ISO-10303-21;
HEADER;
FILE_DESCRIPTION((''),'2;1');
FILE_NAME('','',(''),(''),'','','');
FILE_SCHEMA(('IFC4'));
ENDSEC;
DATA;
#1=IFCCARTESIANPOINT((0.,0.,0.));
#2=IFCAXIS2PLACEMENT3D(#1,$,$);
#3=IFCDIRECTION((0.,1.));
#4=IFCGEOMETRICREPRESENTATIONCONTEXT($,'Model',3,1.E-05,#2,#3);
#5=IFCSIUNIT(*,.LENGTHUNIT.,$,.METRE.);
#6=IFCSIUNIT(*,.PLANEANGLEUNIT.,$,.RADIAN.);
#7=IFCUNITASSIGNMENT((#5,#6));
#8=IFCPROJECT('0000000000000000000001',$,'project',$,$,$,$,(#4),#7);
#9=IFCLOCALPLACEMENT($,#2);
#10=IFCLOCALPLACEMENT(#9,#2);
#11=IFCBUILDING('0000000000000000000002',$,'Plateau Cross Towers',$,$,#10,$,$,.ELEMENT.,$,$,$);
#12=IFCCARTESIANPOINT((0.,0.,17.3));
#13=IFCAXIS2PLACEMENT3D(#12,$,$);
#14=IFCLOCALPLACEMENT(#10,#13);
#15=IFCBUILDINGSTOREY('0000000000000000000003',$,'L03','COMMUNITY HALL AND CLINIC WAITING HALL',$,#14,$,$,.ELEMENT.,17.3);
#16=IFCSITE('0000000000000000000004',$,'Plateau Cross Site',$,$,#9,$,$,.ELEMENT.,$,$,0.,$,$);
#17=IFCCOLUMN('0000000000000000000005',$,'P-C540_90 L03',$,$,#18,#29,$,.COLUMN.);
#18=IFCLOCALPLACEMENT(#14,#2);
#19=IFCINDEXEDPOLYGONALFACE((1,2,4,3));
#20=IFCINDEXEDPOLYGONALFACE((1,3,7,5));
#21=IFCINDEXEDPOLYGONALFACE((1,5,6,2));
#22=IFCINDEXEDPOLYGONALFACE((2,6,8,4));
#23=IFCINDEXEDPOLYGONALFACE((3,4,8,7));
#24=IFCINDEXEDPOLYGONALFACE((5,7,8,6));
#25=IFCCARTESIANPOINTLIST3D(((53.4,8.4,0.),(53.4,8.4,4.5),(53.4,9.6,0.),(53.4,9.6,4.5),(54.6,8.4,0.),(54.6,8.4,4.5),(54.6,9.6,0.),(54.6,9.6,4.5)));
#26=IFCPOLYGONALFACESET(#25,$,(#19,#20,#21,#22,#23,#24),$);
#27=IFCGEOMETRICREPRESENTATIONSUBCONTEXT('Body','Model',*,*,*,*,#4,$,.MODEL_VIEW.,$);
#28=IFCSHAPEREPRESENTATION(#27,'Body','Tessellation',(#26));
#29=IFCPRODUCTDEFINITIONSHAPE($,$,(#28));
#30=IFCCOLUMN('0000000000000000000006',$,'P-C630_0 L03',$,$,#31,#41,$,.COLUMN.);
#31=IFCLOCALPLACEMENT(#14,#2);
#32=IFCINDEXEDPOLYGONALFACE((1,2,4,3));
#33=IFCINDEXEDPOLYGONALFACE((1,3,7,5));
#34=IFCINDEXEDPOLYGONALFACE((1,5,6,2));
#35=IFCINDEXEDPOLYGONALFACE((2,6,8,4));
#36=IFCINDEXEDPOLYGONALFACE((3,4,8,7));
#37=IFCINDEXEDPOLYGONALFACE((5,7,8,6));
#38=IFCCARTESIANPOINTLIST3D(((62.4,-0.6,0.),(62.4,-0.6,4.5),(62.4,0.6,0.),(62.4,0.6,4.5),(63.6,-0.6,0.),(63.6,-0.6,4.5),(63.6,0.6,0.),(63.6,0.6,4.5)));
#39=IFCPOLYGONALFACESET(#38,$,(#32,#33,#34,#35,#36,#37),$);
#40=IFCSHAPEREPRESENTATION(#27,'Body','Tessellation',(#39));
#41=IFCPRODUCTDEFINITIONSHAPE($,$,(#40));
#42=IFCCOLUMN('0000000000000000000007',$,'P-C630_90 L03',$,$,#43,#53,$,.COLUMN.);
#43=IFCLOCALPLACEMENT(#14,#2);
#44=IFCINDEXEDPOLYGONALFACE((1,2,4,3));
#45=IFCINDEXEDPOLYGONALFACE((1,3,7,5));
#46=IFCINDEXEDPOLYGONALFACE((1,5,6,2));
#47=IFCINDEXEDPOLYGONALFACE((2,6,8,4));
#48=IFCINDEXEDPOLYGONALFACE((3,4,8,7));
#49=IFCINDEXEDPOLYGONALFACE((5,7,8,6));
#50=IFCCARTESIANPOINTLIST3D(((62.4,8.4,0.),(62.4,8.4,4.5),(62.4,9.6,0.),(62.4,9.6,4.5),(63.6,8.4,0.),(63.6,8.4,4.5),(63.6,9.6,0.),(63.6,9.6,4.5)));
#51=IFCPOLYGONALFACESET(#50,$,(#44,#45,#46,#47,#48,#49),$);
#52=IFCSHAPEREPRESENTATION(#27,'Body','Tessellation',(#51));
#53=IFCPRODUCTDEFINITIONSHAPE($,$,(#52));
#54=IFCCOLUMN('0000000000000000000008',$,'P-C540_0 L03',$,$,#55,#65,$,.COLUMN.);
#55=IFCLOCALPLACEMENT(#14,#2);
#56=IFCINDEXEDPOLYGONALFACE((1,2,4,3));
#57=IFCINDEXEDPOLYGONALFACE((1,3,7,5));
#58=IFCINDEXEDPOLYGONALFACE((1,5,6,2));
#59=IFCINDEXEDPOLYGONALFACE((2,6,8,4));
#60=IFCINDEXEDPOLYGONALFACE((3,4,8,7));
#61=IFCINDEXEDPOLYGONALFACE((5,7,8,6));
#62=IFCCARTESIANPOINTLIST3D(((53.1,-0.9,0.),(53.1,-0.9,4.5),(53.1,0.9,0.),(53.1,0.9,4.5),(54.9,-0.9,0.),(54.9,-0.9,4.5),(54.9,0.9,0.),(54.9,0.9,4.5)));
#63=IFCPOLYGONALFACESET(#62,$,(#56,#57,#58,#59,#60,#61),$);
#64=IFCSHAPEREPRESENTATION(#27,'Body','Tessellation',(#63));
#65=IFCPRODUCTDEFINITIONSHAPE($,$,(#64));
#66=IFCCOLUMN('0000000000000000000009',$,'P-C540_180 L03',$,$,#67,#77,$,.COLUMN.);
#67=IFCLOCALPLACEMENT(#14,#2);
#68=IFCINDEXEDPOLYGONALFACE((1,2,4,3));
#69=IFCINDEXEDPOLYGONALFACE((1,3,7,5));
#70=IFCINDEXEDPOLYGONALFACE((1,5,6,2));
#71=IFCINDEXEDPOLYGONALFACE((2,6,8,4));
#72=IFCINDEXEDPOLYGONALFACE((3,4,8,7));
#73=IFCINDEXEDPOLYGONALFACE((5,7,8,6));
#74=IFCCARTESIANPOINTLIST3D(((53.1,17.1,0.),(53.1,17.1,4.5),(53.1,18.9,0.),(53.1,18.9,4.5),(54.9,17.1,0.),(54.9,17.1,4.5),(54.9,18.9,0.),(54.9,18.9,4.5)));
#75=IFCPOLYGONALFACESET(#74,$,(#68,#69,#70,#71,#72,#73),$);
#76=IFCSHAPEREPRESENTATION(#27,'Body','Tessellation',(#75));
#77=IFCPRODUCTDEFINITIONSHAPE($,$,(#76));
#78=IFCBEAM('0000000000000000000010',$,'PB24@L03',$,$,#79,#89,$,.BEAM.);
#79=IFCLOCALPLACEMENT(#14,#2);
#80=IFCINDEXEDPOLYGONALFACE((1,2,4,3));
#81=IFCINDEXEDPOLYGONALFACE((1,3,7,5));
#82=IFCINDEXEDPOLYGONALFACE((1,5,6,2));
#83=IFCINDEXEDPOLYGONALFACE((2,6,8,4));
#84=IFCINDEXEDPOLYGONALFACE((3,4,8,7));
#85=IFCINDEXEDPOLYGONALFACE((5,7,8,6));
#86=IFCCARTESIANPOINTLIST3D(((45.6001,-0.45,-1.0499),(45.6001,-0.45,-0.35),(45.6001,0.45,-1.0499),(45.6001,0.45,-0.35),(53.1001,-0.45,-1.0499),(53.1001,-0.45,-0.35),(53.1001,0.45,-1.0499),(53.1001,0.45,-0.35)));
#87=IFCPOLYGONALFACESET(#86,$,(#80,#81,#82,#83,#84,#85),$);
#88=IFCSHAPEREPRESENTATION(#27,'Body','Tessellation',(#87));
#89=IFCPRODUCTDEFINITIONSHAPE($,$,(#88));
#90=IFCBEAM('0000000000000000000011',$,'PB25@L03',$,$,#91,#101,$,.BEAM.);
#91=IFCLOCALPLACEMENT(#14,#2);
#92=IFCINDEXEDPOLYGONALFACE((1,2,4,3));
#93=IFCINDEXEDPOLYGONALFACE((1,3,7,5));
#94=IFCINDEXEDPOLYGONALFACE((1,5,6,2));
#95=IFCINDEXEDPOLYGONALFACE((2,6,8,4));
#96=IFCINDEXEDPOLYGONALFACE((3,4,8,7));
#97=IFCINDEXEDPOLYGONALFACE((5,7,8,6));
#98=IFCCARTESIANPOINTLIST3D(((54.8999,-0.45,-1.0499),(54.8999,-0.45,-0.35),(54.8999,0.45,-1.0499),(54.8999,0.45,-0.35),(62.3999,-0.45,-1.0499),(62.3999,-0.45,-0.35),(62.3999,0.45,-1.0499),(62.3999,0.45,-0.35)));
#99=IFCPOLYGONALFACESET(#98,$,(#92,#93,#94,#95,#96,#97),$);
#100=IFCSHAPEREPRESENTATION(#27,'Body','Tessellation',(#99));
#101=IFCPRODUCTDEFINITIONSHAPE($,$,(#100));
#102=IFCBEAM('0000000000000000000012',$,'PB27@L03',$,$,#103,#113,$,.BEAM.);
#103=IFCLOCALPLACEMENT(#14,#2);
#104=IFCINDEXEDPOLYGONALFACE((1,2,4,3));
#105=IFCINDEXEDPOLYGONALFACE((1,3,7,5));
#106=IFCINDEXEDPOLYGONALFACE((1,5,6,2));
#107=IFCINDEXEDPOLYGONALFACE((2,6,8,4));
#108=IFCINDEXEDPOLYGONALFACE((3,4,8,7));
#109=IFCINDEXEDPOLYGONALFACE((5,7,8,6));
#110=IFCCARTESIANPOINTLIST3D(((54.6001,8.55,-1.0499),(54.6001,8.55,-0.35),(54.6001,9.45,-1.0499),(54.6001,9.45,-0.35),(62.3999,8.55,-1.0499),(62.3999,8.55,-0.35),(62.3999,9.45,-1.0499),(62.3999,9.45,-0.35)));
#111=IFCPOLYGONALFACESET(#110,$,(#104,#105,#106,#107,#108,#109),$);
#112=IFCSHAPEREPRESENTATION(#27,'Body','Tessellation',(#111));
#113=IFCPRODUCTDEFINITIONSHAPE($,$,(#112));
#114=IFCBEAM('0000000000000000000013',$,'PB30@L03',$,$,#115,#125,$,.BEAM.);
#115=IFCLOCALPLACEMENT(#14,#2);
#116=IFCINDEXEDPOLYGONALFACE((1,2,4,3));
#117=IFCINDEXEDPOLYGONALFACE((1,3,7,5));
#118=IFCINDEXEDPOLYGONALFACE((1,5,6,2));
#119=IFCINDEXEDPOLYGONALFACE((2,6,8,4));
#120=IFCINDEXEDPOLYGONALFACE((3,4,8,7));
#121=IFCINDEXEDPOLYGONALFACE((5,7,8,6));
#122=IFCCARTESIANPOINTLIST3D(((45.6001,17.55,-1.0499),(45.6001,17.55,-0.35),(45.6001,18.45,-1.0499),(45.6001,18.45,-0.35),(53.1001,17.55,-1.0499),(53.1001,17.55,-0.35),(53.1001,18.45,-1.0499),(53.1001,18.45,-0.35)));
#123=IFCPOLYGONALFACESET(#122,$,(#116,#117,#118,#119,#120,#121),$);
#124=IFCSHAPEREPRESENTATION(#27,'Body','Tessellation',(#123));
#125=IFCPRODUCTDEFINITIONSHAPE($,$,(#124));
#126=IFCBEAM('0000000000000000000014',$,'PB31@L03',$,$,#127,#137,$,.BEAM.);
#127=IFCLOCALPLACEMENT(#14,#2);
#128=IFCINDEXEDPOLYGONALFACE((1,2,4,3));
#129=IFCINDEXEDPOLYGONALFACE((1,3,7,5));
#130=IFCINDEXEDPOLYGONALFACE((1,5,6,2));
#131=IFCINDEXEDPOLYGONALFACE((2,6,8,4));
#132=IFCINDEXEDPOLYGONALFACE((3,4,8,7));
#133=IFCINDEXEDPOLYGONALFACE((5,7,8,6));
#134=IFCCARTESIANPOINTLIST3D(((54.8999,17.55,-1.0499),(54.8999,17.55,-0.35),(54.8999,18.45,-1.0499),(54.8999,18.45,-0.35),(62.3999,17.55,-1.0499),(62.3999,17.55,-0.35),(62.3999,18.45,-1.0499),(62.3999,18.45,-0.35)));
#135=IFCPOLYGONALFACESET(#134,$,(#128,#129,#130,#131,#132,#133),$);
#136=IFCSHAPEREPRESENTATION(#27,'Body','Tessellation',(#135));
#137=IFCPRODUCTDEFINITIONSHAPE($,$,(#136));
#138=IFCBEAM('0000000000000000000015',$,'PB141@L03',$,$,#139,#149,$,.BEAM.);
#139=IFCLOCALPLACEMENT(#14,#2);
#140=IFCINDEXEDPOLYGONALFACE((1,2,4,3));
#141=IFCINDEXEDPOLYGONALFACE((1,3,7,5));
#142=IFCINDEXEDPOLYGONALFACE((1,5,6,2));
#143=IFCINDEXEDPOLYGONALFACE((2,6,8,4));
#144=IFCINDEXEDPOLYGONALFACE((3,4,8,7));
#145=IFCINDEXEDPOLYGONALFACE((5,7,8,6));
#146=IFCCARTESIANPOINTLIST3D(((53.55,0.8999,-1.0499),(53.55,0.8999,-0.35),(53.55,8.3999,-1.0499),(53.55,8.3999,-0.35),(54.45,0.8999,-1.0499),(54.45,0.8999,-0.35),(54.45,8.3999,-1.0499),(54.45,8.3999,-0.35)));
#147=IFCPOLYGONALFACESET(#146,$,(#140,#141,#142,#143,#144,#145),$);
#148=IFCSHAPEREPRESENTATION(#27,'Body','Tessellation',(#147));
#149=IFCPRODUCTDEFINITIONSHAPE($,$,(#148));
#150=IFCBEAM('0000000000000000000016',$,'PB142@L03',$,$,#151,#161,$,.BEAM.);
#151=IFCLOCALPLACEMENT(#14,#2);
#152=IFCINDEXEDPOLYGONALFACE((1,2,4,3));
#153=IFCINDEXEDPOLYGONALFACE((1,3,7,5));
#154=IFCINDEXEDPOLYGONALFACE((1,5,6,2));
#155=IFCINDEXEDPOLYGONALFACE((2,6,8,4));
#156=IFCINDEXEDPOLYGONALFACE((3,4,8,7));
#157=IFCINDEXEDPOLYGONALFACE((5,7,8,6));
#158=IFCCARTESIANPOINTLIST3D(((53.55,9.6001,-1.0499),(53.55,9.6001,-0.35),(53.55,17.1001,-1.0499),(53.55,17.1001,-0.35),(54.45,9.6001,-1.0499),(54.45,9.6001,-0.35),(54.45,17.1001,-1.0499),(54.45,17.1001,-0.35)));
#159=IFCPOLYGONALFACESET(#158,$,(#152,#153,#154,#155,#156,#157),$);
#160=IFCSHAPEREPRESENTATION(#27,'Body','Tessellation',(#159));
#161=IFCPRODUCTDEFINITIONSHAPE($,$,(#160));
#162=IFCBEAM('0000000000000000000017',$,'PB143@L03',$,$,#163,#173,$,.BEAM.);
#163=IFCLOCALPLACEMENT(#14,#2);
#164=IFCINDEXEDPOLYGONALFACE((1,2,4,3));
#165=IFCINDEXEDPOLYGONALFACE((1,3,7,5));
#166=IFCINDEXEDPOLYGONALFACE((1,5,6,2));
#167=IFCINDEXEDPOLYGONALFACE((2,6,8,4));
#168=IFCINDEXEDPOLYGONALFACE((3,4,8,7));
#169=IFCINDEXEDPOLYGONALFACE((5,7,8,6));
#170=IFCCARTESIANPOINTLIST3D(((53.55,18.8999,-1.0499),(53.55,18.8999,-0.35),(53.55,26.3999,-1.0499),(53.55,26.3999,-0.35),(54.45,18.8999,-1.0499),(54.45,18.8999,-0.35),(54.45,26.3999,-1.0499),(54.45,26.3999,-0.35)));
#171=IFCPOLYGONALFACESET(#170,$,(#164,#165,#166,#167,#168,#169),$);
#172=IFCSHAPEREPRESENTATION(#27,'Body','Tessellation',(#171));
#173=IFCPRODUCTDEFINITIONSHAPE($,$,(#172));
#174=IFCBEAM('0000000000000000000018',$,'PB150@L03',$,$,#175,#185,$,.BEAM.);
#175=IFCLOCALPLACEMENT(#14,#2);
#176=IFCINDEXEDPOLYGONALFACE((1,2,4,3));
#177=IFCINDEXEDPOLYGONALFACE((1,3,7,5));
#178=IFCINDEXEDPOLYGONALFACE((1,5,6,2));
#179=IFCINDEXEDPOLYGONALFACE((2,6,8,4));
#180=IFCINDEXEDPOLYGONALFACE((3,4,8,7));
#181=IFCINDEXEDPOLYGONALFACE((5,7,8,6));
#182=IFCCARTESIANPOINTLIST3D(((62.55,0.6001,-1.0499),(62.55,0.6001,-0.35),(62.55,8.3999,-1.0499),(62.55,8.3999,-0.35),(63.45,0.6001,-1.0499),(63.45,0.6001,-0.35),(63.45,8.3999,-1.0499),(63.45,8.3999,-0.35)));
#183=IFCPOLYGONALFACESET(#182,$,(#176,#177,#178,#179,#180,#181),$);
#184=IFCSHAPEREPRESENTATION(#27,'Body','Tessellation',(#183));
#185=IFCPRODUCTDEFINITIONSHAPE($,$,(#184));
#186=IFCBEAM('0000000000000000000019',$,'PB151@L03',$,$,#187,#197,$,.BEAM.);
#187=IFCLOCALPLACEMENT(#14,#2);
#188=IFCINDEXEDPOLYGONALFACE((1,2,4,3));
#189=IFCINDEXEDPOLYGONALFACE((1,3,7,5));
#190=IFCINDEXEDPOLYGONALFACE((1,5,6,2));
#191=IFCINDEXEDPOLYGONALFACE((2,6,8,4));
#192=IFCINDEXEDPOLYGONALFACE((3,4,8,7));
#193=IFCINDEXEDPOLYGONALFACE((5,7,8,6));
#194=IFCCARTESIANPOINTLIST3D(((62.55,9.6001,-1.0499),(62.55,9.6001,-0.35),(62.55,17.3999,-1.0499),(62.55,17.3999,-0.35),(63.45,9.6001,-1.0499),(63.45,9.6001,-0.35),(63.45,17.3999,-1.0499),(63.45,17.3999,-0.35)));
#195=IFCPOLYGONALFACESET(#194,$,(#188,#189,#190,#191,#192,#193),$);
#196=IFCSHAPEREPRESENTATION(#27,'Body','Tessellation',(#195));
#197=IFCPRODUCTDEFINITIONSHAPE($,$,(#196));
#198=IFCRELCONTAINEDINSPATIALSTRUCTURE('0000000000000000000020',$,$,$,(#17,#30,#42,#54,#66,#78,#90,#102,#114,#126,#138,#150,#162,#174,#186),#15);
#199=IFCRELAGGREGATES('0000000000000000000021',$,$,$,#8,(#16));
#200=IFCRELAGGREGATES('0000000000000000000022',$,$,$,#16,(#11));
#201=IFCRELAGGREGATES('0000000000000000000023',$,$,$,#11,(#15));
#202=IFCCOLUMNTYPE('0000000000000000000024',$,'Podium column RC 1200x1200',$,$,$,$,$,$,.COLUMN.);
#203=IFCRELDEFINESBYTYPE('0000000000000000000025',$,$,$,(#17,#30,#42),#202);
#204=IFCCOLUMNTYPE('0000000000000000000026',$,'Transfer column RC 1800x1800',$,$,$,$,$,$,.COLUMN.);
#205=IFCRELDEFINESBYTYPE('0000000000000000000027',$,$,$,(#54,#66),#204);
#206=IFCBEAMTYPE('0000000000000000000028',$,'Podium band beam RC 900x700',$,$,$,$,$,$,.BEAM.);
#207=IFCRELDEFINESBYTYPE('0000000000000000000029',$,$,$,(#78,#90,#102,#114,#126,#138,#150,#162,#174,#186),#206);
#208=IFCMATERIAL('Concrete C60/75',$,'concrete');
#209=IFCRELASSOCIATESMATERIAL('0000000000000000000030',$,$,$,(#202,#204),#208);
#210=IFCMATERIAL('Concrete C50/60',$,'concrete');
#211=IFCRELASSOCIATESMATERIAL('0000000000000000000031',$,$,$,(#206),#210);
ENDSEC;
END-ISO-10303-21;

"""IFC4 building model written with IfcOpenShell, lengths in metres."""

from ifc_helpers import new_model, si_unit, direction, frame, origin, origin_2d, place, context, subcontext, project, spatial, rectangle, extrude, material, material_profile, profile_set, type_object, element, save


model = new_model("IFC4")

# Units and contexts
model_context = context("Model", 3, precision=1e-05, world=origin(), true_north=direction((0.0, 1.0)))
body_context = subcontext(model_context, "Body", "Model", "MODEL_VIEW")
ifc_project = project(units=[si_unit("LENGTHUNIT", "METRE"), si_unit("PLANEANGLEUNIT", "RADIAN")], contexts=[model_context])

# Site, building, storey
site_placement = place(None, origin())
site = spatial("IfcSite", under=ifc_project, at=site_placement, Name="Plateau Cross Site", CompositionType="ELEMENT", RefElevation=0.0)
building_placement = place(site_placement, origin())
building = spatial("IfcBuilding", under=site, at=building_placement, Name="Plateau Cross Towers", CompositionType="ELEMENT")
storey_placement = place(building_placement, frame((0.0, 0.0, 17.3)))
storey = spatial("IfcBuildingStorey", under=building, at=storey_placement, Name="L03", Description="COMMUNITY HALL AND CLINIC WAITING HALL", CompositionType="ELEMENT", Elevation=17.3)

# Columns
ifc_material_1 = material(Name="Concrete C60/75", Category="concrete")
ifc_material_profile_1 = material_profile(ifc_material_1, rectangle(XDim=1.2, YDim=1.2, at=origin_2d()), Name="RC 1200x1200")
ifc_profile_set_1 = profile_set([ifc_material_profile_1], Name="Concrete C60/75")
column_type_1 = type_object("IfcColumnType", Name="Podium column RC 1200x1200", PredefinedType="COLUMN", material=ifc_profile_set_1)
for number, where, z_axis, x_axis, name in (
    (1, (54.0, 9.0, 0.0), (0.0, 0.0, 1.0), (1.0, 0.0, 0.0), "P-C540_90 L03"),
    (2, (63.0, 0.0, 0.0), (0.0, 0.0, 1.0), (1.0, 0.0, 0.0), "P-C630_0 L03"),
    (3, (63.0, 9.0, 0.0), (0.0, 0.0, 1.0), (1.0, 0.0, 0.0), "P-C630_90 L03"),
):
    element("IfcColumn", number, at=place(storey_placement, frame(where, z_axis=z_axis, x_axis=x_axis)), inside=storey, type_object=column_type_1, Name=name, PredefinedType="COLUMN", context=body_context, shape_type="SweptSolid", body=[
        extrude(rectangle(XDim=1.2, YDim=1.2, at=origin_2d()), origin(), (0.0, 0.0, 1.0), 4.5),
    ])
ifc_material_profile_2 = material_profile(ifc_material_1, rectangle(XDim=1.8, YDim=1.8, at=origin_2d()), Name="RC 1800x1800")
ifc_profile_set_2 = profile_set([ifc_material_profile_2], Name="Concrete C60/75")
column_type_2 = type_object("IfcColumnType", Name="Transfer column RC 1800x1800", PredefinedType="COLUMN", material=ifc_profile_set_2)
for number, where, z_axis, x_axis, name in (
    (4, (54.0, 0.0, 0.0), (0.0, 0.0, 1.0), (1.0, 0.0, 0.0), "P-C540_0 L03"),
    (5, (54.0, 18.0, 0.0), (0.0, 0.0, 1.0), (1.0, 0.0, 0.0), "P-C540_180 L03"),
):
    element("IfcColumn", number, at=place(storey_placement, frame(where, z_axis=z_axis, x_axis=x_axis)), inside=storey, type_object=column_type_2, Name=name, PredefinedType="COLUMN", context=body_context, shape_type="SweptSolid", body=[
        extrude(rectangle(XDim=1.8, YDim=1.8, at=origin_2d()), origin(), (0.0, 0.0, 1.0), 4.5),
    ])

# Beams
ifc_material_2 = material(Name="Concrete C50/60", Category="concrete")
ifc_material_profile_3 = material_profile(ifc_material_2, rectangle(XDim=0.8999, YDim=0.7, at=origin_2d()), Name="RC 900x700")
ifc_profile_set_3 = profile_set([ifc_material_profile_3], Name="Concrete C50/60")
beam_type = type_object("IfcBeamType", Name="Podium band beam RC 900x700", PredefinedType="BEAM", material=ifc_profile_set_3)
for number, where, z_axis, x_axis, name in (
    (6, (45.6001, 0.0, -0.7), (1.0, 0.0, 0.0), (0.0, 1.0, 0.0), "PB24@L03"),
    (7, (54.8999, 0.0, -0.7), (1.0, 0.0, 0.0), (0.0, 1.0, 0.0), "PB25@L03"),
):
    element("IfcBeam", number, at=place(storey_placement, frame(where, z_axis=z_axis, x_axis=x_axis)), inside=storey, type_object=beam_type, Name=name, PredefinedType="BEAM", context=body_context, shape_type="SweptSolid", body=[
        extrude(rectangle(XDim=0.8999, YDim=0.7, at=origin_2d()), origin(), (0.0, 0.0, 1.0), 7.5),
    ])
beam_placement = place(storey_placement, frame((54.6001, 9.0, -0.7), z_axis=(1.0, 0.0, 0.0), x_axis=(0.0, 1.0, 0.0)))
element("IfcBeam", 8, at=beam_placement, inside=storey, type_object=beam_type, Name="PB27@L03", PredefinedType="BEAM", context=body_context, shape_type="SweptSolid", body=[
    extrude(rectangle(XDim=0.8999, YDim=0.7, at=origin_2d()), origin(), (0.0, 0.0, 1.0), 7.7998),
])
for number, where, z_axis, x_axis, name in (
    (9, (45.6001, 18.0, -0.7), (1.0, 0.0, 0.0), (0.0, 1.0, 0.0), "PB30@L03"),
    (10, (54.8999, 18.0, -0.7), (1.0, 0.0, 0.0), (0.0, 1.0, 0.0), "PB31@L03"),
    (11, (54.0, 0.8999, -0.7), (0.0, 1.0, 0.0), (-1.0, 0.0, 0.0), "PB141@L03"),
    (12, (54.0, 9.6001, -0.7), (0.0, 1.0, 0.0), (-1.0, 0.0, 0.0), "PB142@L03"),
    (13, (54.0, 18.8999, -0.7), (0.0, 1.0, 0.0), (-1.0, 0.0, 0.0), "PB143@L03"),
):
    element("IfcBeam", number, at=place(storey_placement, frame(where, z_axis=z_axis, x_axis=x_axis)), inside=storey, type_object=beam_type, Name=name, PredefinedType="BEAM", context=body_context, shape_type="SweptSolid", body=[
        extrude(rectangle(XDim=0.8999, YDim=0.7, at=origin_2d()), origin(), (0.0, 0.0, 1.0), 7.5),
    ])
for number, where, z_axis, x_axis, name in (
    (14, (63.0, 0.6001, -0.7), (0.0, 1.0, 0.0), (-1.0, 0.0, 0.0), "PB150@L03"),
    (15, (63.0, 9.6001, -0.7), (0.0, 1.0, 0.0), (-1.0, 0.0, 0.0), "PB151@L03"),
):
    element("IfcBeam", number, at=place(storey_placement, frame(where, z_axis=z_axis, x_axis=x_axis)), inside=storey, type_object=beam_type, Name=name, PredefinedType="BEAM", context=body_context, shape_type="SweptSolid", body=[
        extrude(rectangle(XDim=0.8999, YDim=0.7, at=origin_2d()), origin(), (0.0, 0.0, 1.0), 7.7998),
    ])

save(model, "model.ifc")
